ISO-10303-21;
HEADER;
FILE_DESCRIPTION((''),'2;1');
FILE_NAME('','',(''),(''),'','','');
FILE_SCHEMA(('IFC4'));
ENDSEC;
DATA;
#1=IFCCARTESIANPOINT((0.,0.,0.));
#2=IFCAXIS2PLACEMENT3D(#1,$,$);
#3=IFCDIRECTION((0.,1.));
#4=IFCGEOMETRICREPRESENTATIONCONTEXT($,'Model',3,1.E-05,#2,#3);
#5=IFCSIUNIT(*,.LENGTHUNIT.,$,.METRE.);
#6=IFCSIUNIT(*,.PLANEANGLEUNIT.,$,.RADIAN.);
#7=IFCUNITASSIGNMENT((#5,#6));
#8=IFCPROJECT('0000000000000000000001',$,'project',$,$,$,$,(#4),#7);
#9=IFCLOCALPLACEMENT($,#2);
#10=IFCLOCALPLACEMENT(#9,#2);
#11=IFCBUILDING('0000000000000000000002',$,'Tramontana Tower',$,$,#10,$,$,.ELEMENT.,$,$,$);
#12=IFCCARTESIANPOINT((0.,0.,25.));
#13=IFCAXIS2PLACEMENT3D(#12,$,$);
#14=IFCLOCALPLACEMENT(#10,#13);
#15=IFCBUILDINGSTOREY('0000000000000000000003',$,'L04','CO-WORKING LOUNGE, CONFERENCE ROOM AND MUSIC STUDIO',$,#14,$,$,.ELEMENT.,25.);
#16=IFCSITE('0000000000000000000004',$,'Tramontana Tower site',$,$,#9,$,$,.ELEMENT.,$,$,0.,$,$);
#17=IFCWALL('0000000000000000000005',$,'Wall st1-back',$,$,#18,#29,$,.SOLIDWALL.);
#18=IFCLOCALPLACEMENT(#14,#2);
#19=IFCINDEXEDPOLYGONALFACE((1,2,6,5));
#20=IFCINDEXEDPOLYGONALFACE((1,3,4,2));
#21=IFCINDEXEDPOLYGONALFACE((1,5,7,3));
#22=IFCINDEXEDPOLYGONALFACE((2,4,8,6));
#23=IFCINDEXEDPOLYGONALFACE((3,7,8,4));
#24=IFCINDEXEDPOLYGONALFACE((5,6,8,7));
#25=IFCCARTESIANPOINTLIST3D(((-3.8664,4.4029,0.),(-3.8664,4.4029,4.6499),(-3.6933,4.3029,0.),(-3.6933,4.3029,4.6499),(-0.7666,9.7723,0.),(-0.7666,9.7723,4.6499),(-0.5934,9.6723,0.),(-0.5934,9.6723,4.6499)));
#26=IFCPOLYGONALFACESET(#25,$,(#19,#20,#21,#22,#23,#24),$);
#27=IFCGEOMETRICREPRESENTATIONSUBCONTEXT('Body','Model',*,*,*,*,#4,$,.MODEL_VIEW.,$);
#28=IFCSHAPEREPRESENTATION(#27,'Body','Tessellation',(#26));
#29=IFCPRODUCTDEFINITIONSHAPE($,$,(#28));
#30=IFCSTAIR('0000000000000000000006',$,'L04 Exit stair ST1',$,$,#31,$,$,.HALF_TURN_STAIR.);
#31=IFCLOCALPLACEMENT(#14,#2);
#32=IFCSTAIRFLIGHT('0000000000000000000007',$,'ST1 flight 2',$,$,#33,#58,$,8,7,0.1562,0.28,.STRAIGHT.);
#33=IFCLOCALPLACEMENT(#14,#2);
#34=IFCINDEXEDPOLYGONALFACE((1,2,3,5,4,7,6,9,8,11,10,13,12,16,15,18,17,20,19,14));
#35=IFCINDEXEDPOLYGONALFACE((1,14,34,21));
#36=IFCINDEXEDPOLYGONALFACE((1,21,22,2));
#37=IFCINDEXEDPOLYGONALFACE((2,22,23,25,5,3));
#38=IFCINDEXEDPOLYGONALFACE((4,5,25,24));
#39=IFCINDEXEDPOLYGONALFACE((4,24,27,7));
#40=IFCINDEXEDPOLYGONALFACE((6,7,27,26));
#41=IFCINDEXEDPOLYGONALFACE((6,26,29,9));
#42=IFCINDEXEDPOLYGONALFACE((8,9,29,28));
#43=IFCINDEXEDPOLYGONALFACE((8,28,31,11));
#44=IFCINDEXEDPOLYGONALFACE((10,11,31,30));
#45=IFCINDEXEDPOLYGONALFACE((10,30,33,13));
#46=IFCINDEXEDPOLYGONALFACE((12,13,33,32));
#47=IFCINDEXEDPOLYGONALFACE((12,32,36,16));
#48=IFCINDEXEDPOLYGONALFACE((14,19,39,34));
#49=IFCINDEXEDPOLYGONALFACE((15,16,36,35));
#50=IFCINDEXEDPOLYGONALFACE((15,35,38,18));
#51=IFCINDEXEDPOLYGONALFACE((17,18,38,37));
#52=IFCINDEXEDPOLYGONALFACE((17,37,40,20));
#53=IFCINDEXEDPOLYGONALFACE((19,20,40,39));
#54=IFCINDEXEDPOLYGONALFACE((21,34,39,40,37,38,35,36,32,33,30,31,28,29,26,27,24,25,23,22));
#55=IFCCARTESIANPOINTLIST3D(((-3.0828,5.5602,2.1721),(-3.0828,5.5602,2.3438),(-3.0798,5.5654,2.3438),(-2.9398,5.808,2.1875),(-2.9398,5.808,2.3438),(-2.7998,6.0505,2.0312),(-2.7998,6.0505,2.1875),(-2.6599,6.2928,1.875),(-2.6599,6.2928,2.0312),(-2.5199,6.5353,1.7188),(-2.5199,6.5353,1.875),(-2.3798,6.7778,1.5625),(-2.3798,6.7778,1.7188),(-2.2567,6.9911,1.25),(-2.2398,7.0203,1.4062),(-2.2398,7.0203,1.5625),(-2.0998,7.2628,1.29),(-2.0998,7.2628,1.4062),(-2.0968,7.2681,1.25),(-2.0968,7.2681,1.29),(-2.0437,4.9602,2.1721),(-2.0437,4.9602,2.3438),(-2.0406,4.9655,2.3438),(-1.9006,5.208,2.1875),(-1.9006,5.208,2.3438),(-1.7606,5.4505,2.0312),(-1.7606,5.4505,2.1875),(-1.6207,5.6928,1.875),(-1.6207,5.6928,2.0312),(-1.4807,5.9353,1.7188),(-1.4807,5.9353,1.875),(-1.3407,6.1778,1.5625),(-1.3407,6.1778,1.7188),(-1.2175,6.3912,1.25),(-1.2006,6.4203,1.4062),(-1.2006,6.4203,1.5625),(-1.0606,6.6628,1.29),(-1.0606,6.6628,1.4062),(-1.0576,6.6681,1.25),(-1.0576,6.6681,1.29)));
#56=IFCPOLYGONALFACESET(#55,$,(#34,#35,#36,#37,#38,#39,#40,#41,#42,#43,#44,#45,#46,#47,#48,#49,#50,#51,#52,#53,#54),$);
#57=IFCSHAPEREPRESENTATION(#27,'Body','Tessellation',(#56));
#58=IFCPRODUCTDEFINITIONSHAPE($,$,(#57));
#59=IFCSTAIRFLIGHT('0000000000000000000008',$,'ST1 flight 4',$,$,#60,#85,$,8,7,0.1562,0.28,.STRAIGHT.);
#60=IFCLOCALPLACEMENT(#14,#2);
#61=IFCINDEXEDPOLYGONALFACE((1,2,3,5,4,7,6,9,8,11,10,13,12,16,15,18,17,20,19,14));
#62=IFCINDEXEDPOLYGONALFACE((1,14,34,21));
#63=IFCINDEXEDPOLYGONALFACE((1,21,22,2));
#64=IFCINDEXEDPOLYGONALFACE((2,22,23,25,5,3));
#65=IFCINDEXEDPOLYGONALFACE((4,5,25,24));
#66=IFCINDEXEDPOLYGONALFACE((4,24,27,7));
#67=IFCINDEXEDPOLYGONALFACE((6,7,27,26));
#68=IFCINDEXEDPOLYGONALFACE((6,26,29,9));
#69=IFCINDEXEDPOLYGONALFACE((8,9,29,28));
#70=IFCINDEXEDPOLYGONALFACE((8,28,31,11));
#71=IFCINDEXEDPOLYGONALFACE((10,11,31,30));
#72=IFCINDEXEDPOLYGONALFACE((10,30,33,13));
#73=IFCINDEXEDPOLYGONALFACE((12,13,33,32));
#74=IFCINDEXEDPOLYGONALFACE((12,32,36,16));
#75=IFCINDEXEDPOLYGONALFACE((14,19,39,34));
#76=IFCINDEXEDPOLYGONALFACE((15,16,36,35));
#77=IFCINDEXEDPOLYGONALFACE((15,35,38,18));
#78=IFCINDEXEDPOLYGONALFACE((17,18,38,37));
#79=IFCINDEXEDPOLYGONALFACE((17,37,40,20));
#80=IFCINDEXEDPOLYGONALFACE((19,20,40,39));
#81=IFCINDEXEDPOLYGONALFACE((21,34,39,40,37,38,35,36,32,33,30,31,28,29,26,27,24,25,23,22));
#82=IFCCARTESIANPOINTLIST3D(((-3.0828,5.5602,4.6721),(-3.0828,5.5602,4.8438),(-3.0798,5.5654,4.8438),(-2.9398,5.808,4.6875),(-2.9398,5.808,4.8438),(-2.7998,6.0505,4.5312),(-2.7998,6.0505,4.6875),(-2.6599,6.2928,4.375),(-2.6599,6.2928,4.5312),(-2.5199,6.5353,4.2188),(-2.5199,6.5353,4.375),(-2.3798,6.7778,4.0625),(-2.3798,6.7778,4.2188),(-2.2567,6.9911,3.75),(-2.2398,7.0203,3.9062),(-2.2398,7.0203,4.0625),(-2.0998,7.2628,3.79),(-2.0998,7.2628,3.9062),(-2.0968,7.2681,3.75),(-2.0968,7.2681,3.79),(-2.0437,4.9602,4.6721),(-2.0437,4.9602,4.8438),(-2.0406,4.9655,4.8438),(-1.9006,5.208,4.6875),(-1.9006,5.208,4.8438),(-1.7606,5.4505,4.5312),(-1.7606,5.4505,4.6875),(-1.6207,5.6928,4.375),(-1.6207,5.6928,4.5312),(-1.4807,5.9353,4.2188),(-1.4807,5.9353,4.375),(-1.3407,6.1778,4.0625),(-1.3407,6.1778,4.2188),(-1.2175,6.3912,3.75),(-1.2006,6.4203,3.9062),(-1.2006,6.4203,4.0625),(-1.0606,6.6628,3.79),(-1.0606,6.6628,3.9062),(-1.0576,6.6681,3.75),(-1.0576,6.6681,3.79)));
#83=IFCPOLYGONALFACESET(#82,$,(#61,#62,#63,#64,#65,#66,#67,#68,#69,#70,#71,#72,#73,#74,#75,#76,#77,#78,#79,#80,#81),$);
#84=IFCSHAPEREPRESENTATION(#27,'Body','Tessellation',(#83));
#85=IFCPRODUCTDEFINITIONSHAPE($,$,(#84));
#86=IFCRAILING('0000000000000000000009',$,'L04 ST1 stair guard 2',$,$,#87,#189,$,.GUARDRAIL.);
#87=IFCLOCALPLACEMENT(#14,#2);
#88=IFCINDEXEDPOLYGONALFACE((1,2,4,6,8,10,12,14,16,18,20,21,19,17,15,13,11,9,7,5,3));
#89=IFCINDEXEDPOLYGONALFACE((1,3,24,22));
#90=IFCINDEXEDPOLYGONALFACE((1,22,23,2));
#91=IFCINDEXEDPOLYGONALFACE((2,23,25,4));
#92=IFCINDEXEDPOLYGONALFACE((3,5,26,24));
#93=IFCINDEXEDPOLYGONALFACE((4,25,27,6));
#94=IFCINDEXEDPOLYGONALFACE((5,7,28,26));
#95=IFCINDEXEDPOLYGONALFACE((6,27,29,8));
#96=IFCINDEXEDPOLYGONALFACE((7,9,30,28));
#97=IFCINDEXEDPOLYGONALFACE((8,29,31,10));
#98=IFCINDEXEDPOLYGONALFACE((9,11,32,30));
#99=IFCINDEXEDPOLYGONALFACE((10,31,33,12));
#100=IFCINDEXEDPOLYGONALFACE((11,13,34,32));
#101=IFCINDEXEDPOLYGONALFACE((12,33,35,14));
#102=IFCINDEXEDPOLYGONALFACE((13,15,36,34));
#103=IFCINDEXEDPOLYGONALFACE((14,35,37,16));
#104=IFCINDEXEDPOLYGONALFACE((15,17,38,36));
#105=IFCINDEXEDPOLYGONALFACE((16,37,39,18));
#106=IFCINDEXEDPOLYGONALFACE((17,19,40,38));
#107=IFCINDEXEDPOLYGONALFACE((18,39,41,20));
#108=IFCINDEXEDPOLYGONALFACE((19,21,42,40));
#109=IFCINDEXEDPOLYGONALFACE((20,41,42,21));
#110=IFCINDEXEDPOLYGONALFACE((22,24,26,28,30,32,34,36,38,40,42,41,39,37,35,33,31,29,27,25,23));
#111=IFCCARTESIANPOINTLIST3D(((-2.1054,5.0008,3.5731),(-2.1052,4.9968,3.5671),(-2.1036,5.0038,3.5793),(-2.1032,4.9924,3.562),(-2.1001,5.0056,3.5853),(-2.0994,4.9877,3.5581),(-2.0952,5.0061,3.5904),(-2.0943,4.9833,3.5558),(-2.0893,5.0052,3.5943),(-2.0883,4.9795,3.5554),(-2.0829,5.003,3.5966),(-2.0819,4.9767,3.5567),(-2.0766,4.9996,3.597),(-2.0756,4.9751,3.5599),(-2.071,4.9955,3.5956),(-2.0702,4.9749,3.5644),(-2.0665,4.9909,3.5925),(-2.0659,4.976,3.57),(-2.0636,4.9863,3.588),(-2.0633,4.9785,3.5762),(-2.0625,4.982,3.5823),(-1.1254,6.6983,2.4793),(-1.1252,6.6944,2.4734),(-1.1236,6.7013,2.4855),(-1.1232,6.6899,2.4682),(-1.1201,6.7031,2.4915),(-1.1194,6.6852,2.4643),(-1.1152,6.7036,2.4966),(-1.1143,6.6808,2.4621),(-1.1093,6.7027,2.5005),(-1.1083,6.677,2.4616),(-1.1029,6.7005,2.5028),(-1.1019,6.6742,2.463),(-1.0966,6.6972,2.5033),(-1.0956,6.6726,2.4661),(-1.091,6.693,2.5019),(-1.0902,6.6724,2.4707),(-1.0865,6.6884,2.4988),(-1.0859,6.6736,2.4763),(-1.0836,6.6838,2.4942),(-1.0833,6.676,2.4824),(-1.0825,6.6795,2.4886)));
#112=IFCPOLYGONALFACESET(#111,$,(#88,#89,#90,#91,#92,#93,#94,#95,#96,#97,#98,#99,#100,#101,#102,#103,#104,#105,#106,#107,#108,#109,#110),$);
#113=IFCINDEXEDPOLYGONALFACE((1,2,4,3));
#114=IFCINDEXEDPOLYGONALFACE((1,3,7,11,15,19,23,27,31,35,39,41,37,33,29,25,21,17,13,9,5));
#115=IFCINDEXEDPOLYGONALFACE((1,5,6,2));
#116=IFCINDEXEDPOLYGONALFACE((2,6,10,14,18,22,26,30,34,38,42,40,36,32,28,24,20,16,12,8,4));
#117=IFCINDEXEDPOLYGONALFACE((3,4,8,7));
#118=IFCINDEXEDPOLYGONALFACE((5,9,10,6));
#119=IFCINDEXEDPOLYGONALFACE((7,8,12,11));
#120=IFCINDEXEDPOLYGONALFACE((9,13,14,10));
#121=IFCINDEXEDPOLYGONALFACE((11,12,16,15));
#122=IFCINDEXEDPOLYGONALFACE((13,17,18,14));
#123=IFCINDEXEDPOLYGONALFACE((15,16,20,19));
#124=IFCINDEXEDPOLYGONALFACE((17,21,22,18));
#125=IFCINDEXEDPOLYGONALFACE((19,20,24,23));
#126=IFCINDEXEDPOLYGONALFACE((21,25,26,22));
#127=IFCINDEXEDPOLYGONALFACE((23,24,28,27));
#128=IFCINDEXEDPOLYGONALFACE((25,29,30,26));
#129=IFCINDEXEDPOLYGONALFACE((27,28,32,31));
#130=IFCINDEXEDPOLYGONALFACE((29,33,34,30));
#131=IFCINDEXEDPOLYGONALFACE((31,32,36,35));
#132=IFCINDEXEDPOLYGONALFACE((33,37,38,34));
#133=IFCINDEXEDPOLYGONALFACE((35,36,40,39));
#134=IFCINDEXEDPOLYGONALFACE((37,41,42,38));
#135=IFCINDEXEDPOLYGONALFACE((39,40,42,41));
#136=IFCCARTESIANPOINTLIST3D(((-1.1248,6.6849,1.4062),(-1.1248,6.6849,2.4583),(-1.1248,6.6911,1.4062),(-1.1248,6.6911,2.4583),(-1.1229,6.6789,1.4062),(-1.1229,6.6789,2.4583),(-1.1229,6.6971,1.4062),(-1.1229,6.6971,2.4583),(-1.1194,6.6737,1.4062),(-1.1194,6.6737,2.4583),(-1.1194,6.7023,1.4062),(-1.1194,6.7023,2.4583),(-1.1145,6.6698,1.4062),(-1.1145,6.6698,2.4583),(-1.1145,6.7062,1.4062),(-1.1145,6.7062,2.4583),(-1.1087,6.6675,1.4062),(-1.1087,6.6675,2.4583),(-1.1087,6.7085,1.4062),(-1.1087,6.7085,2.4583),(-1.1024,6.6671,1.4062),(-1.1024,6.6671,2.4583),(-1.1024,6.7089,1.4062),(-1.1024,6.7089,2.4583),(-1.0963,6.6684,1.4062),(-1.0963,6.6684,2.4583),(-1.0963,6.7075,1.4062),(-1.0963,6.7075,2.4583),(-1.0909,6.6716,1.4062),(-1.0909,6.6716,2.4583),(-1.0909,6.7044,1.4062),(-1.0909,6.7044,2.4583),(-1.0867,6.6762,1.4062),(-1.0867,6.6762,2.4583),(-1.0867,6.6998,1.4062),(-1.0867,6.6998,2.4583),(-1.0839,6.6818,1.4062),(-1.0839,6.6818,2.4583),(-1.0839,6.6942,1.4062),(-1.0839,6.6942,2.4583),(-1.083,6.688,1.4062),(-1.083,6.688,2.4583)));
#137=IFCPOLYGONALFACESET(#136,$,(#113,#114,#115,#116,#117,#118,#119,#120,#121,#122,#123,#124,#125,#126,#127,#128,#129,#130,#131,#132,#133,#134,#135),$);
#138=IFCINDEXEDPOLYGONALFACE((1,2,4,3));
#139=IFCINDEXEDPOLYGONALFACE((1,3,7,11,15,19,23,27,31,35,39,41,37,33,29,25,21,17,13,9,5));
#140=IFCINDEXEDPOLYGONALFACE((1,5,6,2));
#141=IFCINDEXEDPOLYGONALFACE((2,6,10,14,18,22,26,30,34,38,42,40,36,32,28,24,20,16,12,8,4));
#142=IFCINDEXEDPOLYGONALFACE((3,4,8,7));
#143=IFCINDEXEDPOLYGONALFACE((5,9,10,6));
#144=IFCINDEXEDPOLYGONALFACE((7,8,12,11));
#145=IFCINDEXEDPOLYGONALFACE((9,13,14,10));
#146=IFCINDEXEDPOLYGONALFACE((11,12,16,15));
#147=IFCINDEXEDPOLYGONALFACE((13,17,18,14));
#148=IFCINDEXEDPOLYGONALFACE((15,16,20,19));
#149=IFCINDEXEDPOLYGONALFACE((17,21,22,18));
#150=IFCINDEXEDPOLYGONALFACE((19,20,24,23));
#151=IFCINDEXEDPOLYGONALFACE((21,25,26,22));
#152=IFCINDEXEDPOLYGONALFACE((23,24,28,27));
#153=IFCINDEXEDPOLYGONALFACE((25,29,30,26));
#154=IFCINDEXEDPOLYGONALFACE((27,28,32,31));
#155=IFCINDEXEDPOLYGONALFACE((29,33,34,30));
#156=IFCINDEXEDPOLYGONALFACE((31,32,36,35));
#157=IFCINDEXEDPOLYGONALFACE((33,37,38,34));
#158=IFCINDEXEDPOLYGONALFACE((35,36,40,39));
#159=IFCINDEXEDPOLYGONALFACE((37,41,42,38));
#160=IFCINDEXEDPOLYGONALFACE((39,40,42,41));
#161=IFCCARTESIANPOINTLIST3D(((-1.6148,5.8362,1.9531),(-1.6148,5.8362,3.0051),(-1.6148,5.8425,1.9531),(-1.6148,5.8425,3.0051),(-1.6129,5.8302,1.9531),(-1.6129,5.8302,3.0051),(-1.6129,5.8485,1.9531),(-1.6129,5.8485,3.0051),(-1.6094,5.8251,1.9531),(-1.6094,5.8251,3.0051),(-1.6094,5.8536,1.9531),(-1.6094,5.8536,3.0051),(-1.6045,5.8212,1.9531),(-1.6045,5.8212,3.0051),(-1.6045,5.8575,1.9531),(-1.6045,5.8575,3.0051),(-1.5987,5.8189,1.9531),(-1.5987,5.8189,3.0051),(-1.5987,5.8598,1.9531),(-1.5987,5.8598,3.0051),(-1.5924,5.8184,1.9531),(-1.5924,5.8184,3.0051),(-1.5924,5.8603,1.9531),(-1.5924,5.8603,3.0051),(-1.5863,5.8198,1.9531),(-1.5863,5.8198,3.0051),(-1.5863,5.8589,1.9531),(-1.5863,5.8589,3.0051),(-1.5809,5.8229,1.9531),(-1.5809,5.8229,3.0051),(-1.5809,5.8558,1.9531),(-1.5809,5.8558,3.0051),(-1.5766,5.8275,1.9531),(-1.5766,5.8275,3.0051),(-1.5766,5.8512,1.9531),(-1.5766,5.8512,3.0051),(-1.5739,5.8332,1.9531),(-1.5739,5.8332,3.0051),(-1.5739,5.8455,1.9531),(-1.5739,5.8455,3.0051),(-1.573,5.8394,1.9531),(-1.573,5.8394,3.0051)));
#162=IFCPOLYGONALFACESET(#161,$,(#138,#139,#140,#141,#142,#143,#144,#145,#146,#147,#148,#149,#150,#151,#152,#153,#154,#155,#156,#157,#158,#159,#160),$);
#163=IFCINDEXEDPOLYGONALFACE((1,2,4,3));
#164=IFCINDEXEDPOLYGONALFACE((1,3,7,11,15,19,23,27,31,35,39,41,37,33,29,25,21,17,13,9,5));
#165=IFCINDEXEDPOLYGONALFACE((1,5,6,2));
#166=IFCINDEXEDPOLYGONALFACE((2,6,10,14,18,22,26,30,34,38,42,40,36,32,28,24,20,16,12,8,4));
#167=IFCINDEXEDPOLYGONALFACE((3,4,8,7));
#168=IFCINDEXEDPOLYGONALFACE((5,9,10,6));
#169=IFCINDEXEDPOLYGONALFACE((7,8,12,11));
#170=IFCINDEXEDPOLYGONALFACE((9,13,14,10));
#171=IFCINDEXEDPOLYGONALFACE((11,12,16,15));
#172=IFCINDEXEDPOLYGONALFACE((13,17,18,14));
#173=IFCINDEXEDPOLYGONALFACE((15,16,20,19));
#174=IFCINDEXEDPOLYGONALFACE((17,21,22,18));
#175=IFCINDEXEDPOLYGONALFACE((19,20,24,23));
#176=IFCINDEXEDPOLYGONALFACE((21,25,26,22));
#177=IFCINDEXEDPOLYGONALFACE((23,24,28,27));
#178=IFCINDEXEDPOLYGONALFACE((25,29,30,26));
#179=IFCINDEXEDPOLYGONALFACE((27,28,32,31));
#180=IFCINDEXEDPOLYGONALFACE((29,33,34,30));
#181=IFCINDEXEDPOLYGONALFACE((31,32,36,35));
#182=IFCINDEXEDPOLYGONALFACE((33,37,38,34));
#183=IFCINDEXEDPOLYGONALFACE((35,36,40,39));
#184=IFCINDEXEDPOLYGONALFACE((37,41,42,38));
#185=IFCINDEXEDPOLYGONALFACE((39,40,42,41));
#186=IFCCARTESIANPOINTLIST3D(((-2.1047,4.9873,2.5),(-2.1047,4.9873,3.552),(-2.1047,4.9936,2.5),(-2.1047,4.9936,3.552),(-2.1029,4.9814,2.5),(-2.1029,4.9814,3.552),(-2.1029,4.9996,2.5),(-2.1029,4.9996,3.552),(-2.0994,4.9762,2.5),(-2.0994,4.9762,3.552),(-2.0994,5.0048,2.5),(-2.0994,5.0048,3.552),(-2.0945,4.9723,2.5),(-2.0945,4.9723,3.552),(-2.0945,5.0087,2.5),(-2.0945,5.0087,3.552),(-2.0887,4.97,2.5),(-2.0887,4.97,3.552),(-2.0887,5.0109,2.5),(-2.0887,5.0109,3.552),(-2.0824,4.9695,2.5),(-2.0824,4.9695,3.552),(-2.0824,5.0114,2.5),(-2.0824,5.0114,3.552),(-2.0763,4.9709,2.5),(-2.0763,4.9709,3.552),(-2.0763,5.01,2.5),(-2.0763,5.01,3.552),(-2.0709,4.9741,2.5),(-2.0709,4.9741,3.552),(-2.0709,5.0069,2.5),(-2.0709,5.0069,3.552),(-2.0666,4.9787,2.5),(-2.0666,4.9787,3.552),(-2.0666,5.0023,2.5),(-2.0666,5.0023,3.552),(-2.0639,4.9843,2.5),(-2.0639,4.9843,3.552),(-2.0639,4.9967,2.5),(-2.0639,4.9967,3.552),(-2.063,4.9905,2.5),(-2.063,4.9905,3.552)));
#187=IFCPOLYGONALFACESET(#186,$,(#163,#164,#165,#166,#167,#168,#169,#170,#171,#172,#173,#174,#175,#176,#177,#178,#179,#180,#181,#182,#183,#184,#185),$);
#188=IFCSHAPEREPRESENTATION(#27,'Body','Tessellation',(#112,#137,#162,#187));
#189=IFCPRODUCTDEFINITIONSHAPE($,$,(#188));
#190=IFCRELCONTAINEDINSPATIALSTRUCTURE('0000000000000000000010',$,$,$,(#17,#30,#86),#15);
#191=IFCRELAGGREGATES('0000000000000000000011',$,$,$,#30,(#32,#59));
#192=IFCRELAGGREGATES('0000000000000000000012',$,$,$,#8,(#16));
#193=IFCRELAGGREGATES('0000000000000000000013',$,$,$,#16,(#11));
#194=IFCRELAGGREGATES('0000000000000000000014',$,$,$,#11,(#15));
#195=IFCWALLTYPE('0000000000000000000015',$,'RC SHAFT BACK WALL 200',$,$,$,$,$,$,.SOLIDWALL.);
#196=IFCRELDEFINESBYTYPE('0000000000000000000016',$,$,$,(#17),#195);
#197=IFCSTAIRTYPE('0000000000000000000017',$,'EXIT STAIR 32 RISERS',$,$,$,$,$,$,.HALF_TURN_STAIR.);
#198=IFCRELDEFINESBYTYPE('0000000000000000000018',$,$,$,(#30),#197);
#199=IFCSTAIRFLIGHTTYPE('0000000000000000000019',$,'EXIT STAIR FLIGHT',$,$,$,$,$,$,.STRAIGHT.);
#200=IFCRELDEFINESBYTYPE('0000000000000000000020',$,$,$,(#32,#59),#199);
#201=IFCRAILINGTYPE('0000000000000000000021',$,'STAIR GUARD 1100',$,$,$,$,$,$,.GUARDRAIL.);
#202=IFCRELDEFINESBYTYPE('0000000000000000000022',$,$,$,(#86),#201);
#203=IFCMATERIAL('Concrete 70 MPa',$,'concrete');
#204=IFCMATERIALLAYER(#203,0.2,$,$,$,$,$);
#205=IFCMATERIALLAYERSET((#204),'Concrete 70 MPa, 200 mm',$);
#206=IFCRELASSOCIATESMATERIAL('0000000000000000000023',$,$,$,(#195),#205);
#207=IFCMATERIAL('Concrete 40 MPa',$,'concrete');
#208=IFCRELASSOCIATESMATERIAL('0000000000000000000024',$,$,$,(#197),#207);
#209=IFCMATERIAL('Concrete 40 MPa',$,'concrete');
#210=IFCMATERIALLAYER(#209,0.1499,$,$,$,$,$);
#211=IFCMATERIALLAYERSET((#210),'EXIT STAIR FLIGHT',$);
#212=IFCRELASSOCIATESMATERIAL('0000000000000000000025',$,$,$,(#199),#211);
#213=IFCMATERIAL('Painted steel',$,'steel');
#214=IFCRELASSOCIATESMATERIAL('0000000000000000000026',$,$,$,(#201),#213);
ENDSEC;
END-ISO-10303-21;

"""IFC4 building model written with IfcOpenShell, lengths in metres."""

from ifc_helpers import new_model, si_unit, direction, frame, frame_2d, origin, origin_2d, place, context, subcontext, project, spatial, polyline, rectangle, circle, outline, extrude, material, layer, layer_set, type_object, element, aggregate, save


model = new_model("IFC4")

# Units and contexts
model_context = context("Model", 3, precision=1e-05, world=origin(), true_north=direction((0.0, 1.0)))
body_context = subcontext(model_context, "Body", "Model", "MODEL_VIEW")
ifc_project = project(units=[si_unit("LENGTHUNIT", "METRE"), si_unit("PLANEANGLEUNIT", "RADIAN")], contexts=[model_context])

# Site, building, storey
site_placement = place(None, origin())
site = spatial("IfcSite", under=ifc_project, at=site_placement, Name="Tramontana Tower site", CompositionType="ELEMENT", RefElevation=0.0)
building_placement = place(site_placement, origin())
building = spatial("IfcBuilding", under=site, at=building_placement, Name="Tramontana Tower", CompositionType="ELEMENT")
storey_placement = place(building_placement, frame((0.0, 0.0, 25.0)))
storey = spatial("IfcBuildingStorey", under=building, at=storey_placement, Name="L04", Description="CO-WORKING LOUNGE, CONFERENCE ROOM AND MUSIC STUDIO", CompositionType="ELEMENT", Elevation=25.0)

# Wall
ifc_material_1 = material(Name="Concrete 70 MPa", Category="concrete")
ifc_layer_1 = layer(ifc_material_1, 0.2)
ifc_layer_set_1 = layer_set([ifc_layer_1], Name="Concrete 70 MPa, 200 mm")
wall_type_1 = type_object("IfcWallType", Name="RC SHAFT BACK WALL 200", PredefinedType="SOLIDWALL", material=ifc_layer_set_1)
wall_1_placement = place(storey_placement, frame((-0.6799, 9.7224, 0.0), z_axis=(0.0, 0.0, 1.0), x_axis=(-0.49998, -0.866037, 0.0)))
element("IfcWall", 1, at=wall_1_placement, inside=storey, type_object=wall_type_1, Name="Wall st1-back", PredefinedType="SOLIDWALL", context=body_context, shape_type="SweptSolid", body=[
    extrude(rectangle(XDim=6.2, YDim=0.2, at=frame_2d((3.1001, 0.0))), origin(), (0.0, 0.0, 1.0), 4.6499),
])

# Stair, stair flights
ifc_material_2 = material(Name="Concrete 40 MPa", Category="concrete")
stair_type = type_object("IfcStairType", Name="EXIT STAIR 32 RISERS", PredefinedType="HALF_TURN_STAIR", material=ifc_material_2)
stair_placement = place(storey_placement, origin())
stair = element("IfcStair", 2, at=stair_placement, inside=storey, type_object=stair_type, Name="L04 Exit stair ST1", PredefinedType="HALF_TURN_STAIR")
ifc_material_3 = material(Name="Concrete 40 MPa", Category="concrete")
ifc_layer_2 = layer(ifc_material_3, 0.1499)
ifc_layer_set_2 = layer_set([ifc_layer_2], Name="EXIT STAIR FLIGHT")
stair_flight_type = type_object("IfcStairFlightType", Name="EXIT STAIR FLIGHT", PredefinedType="STRAIGHT", material=ifc_layer_set_2)
stair_flight_1_placement = place(storey_placement, frame((-1.5803, 6.9629, 1.25), z_axis=(0.0, 0.0, 1.0), x_axis=(-0.5, -0.866025, 0.0)))
stair_flight_1 = element("IfcStairFlight", 3, at=stair_flight_1_placement, type_object=stair_flight_type, Name="ST1 flight 2", NumberOfRisers=8, NumberOfTreads=7, PredefinedType="STRAIGHT", RiserHeight=0.1562, TreadLength=0.28, context=body_context, shape_type="SweptSolid", body=[
    extrude(outline(polyline([(-0.0061, 0.0), (-0.0061, 0.04), (0.0, 0.04), (0.0, 0.1562), (0.28, 0.1562), (0.28, 0.3125), (0.5601, 0.3125), (0.5601, 0.4688), (0.8401, 0.4688), (0.8401, 0.625), (1.1201, 0.625), (1.1201, 0.7812), (1.3999, 0.7812), (1.3999, 0.9375), (1.6799, 0.9375), (1.6799, 1.0938), (1.96, 1.0938), (1.9661, 1.0938), (1.9661, 0.9221), (0.3137, 0.0), (-0.0061, 0.0)])), frame((0.0, 0.6001, 0.0), z_axis=(0.0, -1.0, 0.0), x_axis=(1.0, 0.0, 0.0)), (0.0, 0.0, 1.0), 1.2),
])
stair_flight_2_placement = place(storey_placement, frame((-1.5803, 6.9629, 3.75), z_axis=(0.0, 0.0, 1.0), x_axis=(-0.5, -0.866025, 0.0)))
stair_flight_2 = element("IfcStairFlight", 4, at=stair_flight_2_placement, type_object=stair_flight_type, Name="ST1 flight 4", NumberOfRisers=8, NumberOfTreads=7, PredefinedType="STRAIGHT", RiserHeight=0.1562, TreadLength=0.28, context=body_context, shape_type="SweptSolid", body=[
    extrude(outline(polyline([(-0.0061, 0.0), (-0.0061, 0.04), (0.0, 0.04), (0.0, 0.1562), (0.28, 0.1562), (0.28, 0.3125), (0.5601, 0.3125), (0.5601, 0.4688), (0.8401, 0.4688), (0.8401, 0.625), (1.1201, 0.625), (1.1201, 0.7812), (1.3999, 0.7812), (1.3999, 0.9375), (1.6799, 0.9375), (1.6799, 1.0938), (1.96, 1.0938), (1.9661, 1.0938), (1.9661, 0.9221), (0.3137, 0.0), (-0.0061, 0.0)])), frame((0.0, 0.6001, 0.0), z_axis=(0.0, -1.0, 0.0), x_axis=(1.0, 0.0, 0.0)), (0.0, 0.0, 1.0), 1.2),
])
aggregate(stair, [stair_flight_1, stair_flight_2])

# Railing
ifc_material_4 = material(Name="Painted steel", Category="steel")
railing_type_1 = type_object("IfcRailingType", Name="STAIR GUARD 1100", PredefinedType="GUARDRAIL", material=ifc_material_4)
for number, where, name in (
    (5, (-1.104, 6.688, 1.4062), "L04 ST1 stair guard 2"),
):
    element("IfcRailing", number, at=place(storey_placement, frame(where)), inside=storey, type_object=railing_type_1, Name=name, PredefinedType="GUARDRAIL", context=body_context, shape_type="SweptSolid", body=[
        extrude(circle(Radius=0.0239, at=origin_2d()), frame((0.0, 0.0, 1.0762), z_axis=(-0.436596, -0.756267, 0.487282), x_axis=(0.866042, -0.49997, 0.0)), (0.0, 0.0, 1.0), 2.2446),
        extrude(circle(Radius=0.021, at=origin_2d()), origin(), (0.0, 0.0, 1.0), 1.052),
        extrude(circle(Radius=0.021, at=origin_2d()), frame((-0.49, -0.8486, 0.5469)), (0.0, 0.0, 1.0), 1.052),
        extrude(circle(Radius=0.021, at=origin_2d()), frame((-0.98, -1.6975, 1.0938)), (0.0, 0.0, 1.0), 1.052),
    ])

save(model, "model.ifc")
